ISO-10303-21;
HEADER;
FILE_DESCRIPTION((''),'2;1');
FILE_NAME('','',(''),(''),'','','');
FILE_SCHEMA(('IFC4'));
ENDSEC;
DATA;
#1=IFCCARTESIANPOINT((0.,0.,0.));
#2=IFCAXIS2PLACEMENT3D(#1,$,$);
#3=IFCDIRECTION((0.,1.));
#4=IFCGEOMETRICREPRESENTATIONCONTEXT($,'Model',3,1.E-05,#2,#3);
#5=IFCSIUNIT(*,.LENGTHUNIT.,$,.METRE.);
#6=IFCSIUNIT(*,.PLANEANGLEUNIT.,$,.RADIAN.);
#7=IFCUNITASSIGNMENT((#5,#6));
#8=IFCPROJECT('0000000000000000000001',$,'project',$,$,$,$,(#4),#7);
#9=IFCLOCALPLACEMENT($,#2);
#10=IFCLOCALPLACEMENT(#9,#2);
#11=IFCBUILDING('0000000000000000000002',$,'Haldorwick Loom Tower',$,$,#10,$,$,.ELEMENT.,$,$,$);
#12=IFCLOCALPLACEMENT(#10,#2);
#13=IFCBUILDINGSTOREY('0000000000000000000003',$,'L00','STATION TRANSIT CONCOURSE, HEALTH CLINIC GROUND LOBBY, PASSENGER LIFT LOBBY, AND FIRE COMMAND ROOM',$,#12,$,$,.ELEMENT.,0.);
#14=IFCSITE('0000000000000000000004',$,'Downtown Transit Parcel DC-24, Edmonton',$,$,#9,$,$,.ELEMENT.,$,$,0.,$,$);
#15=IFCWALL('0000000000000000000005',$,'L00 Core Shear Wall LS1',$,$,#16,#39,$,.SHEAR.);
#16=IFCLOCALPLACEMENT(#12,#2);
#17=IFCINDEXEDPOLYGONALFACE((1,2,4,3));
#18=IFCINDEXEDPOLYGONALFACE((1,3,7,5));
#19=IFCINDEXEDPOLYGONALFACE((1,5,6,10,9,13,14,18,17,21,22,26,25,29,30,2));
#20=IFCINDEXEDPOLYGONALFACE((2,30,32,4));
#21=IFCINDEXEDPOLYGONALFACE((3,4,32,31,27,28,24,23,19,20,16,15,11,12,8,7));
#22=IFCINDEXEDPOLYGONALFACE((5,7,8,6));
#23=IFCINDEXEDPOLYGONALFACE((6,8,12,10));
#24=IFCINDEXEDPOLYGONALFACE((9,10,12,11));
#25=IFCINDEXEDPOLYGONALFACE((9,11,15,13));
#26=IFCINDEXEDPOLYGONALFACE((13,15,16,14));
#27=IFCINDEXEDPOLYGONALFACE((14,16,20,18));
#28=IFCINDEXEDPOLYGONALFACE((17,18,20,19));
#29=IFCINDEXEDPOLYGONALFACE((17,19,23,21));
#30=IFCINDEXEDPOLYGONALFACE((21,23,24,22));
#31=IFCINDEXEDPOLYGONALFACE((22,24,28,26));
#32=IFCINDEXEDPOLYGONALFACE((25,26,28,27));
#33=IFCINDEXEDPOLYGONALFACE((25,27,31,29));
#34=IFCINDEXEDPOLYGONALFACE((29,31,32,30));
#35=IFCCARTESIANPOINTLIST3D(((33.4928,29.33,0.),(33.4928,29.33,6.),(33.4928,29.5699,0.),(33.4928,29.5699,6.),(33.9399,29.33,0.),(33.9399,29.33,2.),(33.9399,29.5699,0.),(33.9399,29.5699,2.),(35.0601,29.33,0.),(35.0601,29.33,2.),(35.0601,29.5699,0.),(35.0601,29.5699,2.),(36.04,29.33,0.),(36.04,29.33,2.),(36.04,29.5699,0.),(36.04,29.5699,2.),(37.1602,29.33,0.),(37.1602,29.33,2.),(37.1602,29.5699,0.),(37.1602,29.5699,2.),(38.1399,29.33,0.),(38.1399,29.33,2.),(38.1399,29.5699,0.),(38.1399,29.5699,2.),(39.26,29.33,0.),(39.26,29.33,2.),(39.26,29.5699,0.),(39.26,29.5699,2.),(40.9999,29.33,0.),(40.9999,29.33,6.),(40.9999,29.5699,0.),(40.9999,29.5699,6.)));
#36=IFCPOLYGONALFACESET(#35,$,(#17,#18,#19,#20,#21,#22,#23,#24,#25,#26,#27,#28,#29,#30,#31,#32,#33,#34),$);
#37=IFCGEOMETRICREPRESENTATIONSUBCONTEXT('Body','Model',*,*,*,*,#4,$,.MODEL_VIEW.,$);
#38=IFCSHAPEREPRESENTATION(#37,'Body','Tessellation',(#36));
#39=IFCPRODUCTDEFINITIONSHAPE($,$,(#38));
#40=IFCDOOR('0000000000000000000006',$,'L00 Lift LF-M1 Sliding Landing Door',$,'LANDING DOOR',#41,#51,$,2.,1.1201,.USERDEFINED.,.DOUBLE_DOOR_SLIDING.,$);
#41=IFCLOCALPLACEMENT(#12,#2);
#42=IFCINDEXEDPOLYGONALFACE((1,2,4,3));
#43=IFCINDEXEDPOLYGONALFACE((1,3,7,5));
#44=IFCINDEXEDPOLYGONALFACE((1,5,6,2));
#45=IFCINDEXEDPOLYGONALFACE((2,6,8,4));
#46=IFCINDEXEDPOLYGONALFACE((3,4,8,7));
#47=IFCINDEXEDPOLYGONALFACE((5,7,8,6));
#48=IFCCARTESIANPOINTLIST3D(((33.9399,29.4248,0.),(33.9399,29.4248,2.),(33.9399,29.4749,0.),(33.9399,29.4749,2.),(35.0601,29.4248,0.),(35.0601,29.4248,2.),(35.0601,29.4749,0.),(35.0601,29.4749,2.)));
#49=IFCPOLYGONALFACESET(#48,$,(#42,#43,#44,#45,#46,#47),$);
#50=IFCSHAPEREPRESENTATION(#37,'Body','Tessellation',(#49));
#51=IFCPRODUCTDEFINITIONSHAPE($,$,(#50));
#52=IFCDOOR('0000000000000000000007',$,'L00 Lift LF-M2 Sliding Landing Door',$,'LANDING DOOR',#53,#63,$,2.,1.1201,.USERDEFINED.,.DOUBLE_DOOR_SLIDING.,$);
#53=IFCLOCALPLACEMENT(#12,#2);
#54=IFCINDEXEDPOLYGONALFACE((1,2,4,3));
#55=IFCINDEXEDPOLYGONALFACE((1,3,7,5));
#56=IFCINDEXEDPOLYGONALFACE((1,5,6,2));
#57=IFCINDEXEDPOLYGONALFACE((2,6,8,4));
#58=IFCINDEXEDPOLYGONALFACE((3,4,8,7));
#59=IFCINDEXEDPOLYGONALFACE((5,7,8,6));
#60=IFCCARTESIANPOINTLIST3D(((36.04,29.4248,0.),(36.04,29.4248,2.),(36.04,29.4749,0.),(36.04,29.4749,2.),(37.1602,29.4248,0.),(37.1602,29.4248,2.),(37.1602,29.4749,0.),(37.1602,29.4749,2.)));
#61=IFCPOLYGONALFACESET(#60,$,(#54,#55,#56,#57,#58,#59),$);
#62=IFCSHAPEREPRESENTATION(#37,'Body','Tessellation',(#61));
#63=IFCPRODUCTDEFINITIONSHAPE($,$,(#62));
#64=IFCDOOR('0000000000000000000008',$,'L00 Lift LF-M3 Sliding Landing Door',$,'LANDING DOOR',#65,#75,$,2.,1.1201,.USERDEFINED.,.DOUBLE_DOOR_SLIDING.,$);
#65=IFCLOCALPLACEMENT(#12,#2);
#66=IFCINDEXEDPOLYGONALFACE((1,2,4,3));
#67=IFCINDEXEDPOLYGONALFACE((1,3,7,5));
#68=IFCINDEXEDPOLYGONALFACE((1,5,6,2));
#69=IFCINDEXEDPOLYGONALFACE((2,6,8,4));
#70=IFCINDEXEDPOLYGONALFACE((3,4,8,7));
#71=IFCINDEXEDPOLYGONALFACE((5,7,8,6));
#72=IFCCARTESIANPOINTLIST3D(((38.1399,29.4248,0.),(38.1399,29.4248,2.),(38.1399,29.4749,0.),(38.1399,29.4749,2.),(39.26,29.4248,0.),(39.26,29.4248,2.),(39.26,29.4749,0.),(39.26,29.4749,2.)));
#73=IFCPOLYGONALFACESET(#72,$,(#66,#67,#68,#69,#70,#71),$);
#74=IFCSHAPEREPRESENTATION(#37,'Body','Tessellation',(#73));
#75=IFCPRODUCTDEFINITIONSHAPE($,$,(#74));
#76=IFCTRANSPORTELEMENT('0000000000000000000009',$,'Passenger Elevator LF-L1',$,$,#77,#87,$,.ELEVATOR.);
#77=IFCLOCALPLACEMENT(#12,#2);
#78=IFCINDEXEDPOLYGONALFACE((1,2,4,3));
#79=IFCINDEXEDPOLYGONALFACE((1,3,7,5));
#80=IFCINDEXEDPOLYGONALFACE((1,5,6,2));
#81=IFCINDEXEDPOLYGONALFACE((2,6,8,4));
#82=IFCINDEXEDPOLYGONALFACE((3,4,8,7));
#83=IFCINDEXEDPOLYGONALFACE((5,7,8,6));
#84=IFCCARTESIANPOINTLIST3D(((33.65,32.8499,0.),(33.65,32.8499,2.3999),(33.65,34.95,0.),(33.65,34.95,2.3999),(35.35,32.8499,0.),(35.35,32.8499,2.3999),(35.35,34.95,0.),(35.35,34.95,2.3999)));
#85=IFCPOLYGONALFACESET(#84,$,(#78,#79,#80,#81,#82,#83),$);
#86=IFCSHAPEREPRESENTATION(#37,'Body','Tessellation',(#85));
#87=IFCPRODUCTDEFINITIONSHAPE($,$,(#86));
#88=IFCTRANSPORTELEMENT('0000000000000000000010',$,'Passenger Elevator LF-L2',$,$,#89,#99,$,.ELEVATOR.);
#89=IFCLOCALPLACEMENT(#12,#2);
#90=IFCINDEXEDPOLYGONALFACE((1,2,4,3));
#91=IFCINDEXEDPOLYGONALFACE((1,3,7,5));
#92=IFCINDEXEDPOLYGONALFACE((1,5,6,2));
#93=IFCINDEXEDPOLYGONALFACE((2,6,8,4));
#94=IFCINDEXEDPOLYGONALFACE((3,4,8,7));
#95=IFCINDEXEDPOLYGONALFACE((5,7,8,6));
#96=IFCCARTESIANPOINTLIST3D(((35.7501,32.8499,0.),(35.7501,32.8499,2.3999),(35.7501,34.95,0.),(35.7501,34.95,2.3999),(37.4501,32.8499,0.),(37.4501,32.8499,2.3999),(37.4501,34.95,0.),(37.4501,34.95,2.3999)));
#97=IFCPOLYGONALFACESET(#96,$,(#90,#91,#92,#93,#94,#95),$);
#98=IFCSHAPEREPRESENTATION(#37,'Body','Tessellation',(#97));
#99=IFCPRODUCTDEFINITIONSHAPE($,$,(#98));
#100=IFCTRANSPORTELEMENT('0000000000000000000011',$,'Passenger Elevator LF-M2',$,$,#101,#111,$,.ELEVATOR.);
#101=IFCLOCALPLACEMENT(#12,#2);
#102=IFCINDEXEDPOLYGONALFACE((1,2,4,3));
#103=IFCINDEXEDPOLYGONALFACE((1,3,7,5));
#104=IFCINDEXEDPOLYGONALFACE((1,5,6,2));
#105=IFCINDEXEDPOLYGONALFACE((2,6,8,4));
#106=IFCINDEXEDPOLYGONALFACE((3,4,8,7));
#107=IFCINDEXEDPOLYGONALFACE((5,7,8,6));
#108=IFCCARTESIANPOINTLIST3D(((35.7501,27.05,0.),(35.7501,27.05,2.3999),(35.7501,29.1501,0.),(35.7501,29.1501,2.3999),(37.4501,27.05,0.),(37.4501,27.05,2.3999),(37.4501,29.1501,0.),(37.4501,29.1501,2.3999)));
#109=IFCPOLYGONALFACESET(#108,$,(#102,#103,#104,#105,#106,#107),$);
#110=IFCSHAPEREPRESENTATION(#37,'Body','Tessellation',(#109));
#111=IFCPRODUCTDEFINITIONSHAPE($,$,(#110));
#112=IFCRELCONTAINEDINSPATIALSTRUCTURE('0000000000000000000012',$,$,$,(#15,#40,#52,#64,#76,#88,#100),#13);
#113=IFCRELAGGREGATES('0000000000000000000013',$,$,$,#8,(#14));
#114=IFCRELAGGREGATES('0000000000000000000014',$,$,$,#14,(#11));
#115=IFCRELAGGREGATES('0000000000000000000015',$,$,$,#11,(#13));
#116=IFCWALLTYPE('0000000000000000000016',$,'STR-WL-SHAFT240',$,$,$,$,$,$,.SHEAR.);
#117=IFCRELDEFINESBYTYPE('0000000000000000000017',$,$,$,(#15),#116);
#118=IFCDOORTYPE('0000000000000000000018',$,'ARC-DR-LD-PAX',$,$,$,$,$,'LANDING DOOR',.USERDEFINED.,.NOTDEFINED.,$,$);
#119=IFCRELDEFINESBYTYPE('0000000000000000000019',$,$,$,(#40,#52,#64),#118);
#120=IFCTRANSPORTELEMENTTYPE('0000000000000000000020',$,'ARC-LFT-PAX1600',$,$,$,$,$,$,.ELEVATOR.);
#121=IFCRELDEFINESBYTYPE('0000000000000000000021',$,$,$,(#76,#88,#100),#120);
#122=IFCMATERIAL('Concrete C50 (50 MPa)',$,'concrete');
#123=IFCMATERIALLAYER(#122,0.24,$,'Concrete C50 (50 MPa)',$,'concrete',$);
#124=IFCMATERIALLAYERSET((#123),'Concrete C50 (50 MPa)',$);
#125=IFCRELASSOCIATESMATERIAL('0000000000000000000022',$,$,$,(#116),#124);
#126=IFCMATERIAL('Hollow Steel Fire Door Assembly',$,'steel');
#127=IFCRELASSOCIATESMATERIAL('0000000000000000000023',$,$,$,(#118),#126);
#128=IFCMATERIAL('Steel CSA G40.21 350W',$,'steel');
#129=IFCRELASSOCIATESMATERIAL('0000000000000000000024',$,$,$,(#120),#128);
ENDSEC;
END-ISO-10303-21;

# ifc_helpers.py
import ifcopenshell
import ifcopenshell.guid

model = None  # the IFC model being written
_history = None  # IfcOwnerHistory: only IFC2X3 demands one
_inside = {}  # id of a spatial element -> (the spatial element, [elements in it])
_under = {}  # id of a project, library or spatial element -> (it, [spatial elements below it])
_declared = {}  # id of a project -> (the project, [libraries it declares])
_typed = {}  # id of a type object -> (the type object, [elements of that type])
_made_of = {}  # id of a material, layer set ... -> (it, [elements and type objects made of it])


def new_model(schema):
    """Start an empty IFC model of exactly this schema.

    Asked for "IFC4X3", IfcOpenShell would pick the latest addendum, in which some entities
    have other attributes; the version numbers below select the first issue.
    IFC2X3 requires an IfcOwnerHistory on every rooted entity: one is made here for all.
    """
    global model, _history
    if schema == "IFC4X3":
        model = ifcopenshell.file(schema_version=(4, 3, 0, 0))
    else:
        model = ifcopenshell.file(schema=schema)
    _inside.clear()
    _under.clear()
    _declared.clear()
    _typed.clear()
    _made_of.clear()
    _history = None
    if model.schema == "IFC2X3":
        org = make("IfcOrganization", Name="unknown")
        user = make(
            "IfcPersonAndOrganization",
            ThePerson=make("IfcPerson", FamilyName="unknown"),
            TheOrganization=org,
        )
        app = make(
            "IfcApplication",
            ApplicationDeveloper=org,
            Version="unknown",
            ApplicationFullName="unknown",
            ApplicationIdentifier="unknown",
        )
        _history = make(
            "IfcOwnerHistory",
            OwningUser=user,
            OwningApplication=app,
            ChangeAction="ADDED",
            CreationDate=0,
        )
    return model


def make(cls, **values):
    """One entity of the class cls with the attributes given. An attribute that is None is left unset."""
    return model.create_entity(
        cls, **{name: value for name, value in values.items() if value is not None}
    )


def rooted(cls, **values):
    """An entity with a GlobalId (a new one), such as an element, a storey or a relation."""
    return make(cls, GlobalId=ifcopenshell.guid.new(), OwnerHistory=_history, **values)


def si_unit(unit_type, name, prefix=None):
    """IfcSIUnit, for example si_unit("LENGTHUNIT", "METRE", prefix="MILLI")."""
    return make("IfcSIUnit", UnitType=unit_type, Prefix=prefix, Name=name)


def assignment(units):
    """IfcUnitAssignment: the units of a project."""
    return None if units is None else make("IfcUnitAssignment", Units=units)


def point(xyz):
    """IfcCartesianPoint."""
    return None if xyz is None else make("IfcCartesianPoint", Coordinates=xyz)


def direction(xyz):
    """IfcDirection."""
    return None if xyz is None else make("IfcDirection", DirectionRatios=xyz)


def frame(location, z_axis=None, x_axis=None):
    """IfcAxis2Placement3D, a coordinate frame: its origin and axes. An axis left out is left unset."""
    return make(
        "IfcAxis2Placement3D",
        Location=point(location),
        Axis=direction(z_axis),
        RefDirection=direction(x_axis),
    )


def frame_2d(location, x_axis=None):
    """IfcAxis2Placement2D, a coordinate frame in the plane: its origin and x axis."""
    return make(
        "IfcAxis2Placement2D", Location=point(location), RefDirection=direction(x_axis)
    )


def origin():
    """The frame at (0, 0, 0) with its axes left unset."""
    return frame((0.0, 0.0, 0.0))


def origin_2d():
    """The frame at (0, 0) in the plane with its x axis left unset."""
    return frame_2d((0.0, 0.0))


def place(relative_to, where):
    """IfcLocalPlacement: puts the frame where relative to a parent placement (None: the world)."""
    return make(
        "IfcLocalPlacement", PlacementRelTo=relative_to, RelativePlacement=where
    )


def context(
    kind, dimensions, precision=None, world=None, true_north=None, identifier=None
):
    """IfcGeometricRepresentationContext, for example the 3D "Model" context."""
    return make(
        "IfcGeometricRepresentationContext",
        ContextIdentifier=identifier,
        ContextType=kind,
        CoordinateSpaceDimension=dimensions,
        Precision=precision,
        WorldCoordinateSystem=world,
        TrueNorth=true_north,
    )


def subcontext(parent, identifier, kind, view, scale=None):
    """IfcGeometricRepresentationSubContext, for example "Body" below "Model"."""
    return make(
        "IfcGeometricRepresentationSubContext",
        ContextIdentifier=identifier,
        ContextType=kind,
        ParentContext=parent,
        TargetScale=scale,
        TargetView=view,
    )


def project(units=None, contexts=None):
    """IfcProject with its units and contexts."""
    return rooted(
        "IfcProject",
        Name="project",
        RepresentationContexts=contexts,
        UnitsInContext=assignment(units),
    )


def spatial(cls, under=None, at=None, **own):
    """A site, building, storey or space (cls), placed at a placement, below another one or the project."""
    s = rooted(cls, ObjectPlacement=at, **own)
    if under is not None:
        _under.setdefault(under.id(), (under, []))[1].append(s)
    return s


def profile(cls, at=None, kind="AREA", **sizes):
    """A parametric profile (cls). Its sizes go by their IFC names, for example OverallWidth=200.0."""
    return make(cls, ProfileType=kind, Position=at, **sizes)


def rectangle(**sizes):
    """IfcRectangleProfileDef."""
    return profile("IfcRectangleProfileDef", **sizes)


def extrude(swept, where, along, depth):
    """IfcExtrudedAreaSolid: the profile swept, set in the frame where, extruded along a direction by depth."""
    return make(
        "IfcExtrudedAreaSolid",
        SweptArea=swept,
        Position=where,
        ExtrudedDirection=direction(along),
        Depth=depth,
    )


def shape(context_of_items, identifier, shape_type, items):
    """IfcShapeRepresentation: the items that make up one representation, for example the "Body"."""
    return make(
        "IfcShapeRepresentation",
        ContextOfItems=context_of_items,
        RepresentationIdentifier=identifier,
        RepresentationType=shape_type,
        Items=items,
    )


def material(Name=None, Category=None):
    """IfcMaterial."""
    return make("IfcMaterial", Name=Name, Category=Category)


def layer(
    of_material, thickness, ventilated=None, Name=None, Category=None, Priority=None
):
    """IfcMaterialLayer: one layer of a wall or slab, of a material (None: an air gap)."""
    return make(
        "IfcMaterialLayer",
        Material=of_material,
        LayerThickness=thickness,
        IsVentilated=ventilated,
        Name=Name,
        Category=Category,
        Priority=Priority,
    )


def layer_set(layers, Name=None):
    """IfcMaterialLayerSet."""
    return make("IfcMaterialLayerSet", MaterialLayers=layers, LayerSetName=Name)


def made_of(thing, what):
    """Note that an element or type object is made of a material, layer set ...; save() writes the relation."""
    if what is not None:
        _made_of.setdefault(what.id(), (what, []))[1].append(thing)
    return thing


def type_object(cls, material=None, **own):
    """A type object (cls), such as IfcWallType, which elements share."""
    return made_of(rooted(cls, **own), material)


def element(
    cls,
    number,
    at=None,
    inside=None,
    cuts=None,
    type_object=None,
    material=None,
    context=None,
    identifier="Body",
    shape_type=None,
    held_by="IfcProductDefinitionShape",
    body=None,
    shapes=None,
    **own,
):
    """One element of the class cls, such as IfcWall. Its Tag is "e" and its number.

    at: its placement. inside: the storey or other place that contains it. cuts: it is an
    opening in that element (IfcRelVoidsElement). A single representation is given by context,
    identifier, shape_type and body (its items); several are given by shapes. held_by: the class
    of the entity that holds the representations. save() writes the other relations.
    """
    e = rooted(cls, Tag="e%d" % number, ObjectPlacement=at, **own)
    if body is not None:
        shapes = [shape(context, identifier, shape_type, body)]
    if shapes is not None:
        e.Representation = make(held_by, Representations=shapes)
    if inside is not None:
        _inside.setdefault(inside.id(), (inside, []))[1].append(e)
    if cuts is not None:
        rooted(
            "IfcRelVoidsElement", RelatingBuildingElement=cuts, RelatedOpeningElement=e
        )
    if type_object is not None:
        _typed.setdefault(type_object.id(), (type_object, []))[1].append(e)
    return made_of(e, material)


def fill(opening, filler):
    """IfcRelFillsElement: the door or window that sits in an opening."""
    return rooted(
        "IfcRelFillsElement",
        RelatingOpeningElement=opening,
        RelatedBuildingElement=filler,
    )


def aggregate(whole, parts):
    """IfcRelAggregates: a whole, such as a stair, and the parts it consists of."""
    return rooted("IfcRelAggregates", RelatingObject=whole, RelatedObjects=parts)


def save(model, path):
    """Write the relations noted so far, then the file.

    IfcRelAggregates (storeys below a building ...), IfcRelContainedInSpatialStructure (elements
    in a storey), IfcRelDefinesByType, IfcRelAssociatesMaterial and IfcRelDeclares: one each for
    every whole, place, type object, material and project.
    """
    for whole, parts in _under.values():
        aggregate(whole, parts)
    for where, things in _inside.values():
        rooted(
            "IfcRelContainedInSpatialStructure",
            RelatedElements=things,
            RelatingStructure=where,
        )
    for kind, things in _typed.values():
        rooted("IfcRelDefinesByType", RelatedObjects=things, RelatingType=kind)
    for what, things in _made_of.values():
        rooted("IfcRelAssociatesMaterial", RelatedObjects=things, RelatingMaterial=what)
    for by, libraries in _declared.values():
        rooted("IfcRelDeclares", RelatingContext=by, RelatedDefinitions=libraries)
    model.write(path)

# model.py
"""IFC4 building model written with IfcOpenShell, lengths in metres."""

from ifc_helpers import new_model, si_unit, direction, frame, frame_2d, origin, origin_2d, place, context, subcontext, project, spatial, rectangle, extrude, material, layer, layer_set, type_object, element, fill, save


model = new_model("IFC4")

# Units and contexts
model_context = context("Model", 3, precision=1e-05, world=origin(), true_north=direction((0.0, 1.0)))
body_context = subcontext(model_context, "Body", "Model", "MODEL_VIEW")
ifc_project = project(units=[si_unit("LENGTHUNIT", "METRE"), si_unit("PLANEANGLEUNIT", "RADIAN")], contexts=[model_context])

# Site, building, storey
site_placement = place(None, origin())
site = spatial("IfcSite", under=ifc_project, at=site_placement, Name="Downtown Transit Parcel DC-24, Edmonton", CompositionType="ELEMENT", RefElevation=0.0)
building_placement = place(site_placement, origin())
building = spatial("IfcBuilding", under=site, at=building_placement, Name="Haldorwick Loom Tower", CompositionType="ELEMENT")
storey_placement = place(building_placement, origin())
storey = spatial("IfcBuildingStorey", under=building, at=storey_placement, Name="L00", Description="STATION TRANSIT CONCOURSE, HEALTH CLINIC GROUND LOBBY, PASSENGER LIFT LOBBY, AND FIRE COMMAND ROOM", CompositionType="ELEMENT", Elevation=0.0)

# Wall, openings, doors
ifc_material_1 = material(Name="Concrete C50 (50 MPa)", Category="concrete")
ifc_layer_1 = layer(ifc_material_1, 0.24, Name="Concrete C50 (50 MPa)", Category="concrete")
ifc_layer_set_1 = layer_set([ifc_layer_1], Name="Concrete C50 (50 MPa)")
wall_type_1 = type_object("IfcWallType", Name="STR-WL-SHAFT240", PredefinedType="SHEAR", material=ifc_layer_set_1)
ifc_material_2 = material(Name="Hollow Steel Fire Door Assembly", Category="steel")
door_type = type_object("IfcDoorType", Name="ARC-DR-LD-PAX", ElementType="LANDING DOOR", OperationType="NOTDEFINED", PredefinedType="USERDEFINED", material=ifc_material_2)
wall_1_placement = place(storey_placement, frame((33.4929, 29.45, 0.0), z_axis=(0.0, 0.0, 1.0), x_axis=(1.0, 0.0, 0.0)))
wall_1 = element("IfcWall", 1, at=wall_1_placement, inside=storey, type_object=wall_type_1, Name="L00 Core Shear Wall LS1", PredefinedType="SHEAR", context=body_context, shape_type="SweptSolid", body=[
    extrude(rectangle(XDim=7.5071, YDim=0.24, at=frame_2d((3.7534, 0.0))), origin(), (0.0, 0.0, 1.0), 6.0),
])
opening_1_placement = place(wall_1_placement, frame((0.447, 0.0, 0.0)))
opening_1 = element("IfcOpeningElement", 2, at=opening_1_placement, cuts=wall_1, PredefinedType="OPENING", context=body_context, shape_type="SweptSolid", body=[
    extrude(rectangle(XDim=1.1201, YDim=2.0, at=frame_2d((0.5601, 1.0))), frame((0.0, 0.1299, 0.0), z_axis=(0.0, -1.0, 0.0), x_axis=(1.0, 0.0, 0.0)), (0.0, 0.0, 1.0), 0.26),
])
opening_2_placement = place(wall_1_placement, frame((2.5471, 0.0, 0.0)))
opening_2 = element("IfcOpeningElement", 3, at=opening_2_placement, cuts=wall_1, PredefinedType="OPENING", context=body_context, shape_type="SweptSolid", body=[
    extrude(rectangle(XDim=1.1201, YDim=2.0, at=frame_2d((0.5601, 1.0))), frame((0.0, 0.1299, 0.0), z_axis=(0.0, -1.0, 0.0), x_axis=(1.0, 0.0, 0.0)), (0.0, 0.0, 1.0), 0.26),
])
opening_3_placement = place(wall_1_placement, frame((4.647, 0.0, 0.0)))
opening_3 = element("IfcOpeningElement", 4, at=opening_3_placement, cuts=wall_1, PredefinedType="OPENING", context=body_context, shape_type="SweptSolid", body=[
    extrude(rectangle(XDim=1.1201, YDim=2.0, at=frame_2d((0.5601, 1.0))), frame((0.0, 0.1299, 0.0), z_axis=(0.0, -1.0, 0.0), x_axis=(1.0, 0.0, 0.0)), (0.0, 0.0, 1.0), 0.26),
])
door_1_placement = place(opening_1_placement, origin())
door_1 = element("IfcDoor", 5, at=door_1_placement, inside=storey, type_object=door_type, Name="L00 Lift LF-M1 Sliding Landing Door", ObjectType="LANDING DOOR", OperationType="DOUBLE_DOOR_SLIDING", OverallHeight=2.0, OverallWidth=1.1201, PredefinedType="USERDEFINED", context=body_context, shape_type="SweptSolid", body=[
    extrude(rectangle(XDim=1.1201, YDim=2.0, at=frame_2d((0.5601, 1.0))), frame((0.0, 0.0249, 0.0), z_axis=(0.0, -1.0, 0.0), x_axis=(1.0, 0.0, 0.0)), (0.0, 0.0, 1.0), 0.05),
])
fill(opening_1, door_1)
door_2_placement = place(opening_2_placement, origin())
door_2 = element("IfcDoor", 6, at=door_2_placement, inside=storey, type_object=door_type, Name="L00 Lift LF-M2 Sliding Landing Door", ObjectType="LANDING DOOR", OperationType="DOUBLE_DOOR_SLIDING", OverallHeight=2.0, OverallWidth=1.1201, PredefinedType="USERDEFINED", context=body_context, shape_type="SweptSolid", body=[
    extrude(rectangle(XDim=1.1201, YDim=2.0, at=frame_2d((0.5601, 1.0))), frame((0.0, 0.0249, 0.0), z_axis=(0.0, -1.0, 0.0), x_axis=(1.0, 0.0, 0.0)), (0.0, 0.0, 1.0), 0.05),
])
fill(opening_2, door_2)
door_3_placement = place(opening_3_placement, origin())
door_3 = element("IfcDoor", 7, at=door_3_placement, inside=storey, type_object=door_type, Name="L00 Lift LF-M3 Sliding Landing Door", ObjectType="LANDING DOOR", OperationType="DOUBLE_DOOR_SLIDING", OverallHeight=2.0, OverallWidth=1.1201, PredefinedType="USERDEFINED", context=body_context, shape_type="SweptSolid", body=[
    extrude(rectangle(XDim=1.1201, YDim=2.0, at=frame_2d((0.5601, 1.0))), frame((0.0, 0.0249, 0.0), z_axis=(0.0, -1.0, 0.0), x_axis=(1.0, 0.0, 0.0)), (0.0, 0.0, 1.0), 0.05),
])
fill(opening_3, door_3)

# Transport elements
ifc_material_3 = material(Name="Steel CSA G40.21 350W", Category="steel")
transport_element_type = type_object("IfcTransportElementType", Name="ARC-LFT-PAX1600", PredefinedType="ELEVATOR", material=ifc_material_3)
for number, where, z_axis, x_axis, name in (
    (8, (34.5, 33.8999, 0.0), (0.0, 0.0, 1.0), (1.0, 0.0, 0.0), "Passenger Elevator LF-L1"),
    (9, (36.6001, 33.8999, 0.0), (0.0, 0.0, 1.0), (1.0, 0.0, 0.0), "Passenger Elevator LF-L2"),
    (10, (36.6001, 28.1001, 0.0), (0.0, 0.0, 1.0), (1.0, 0.0, 0.0), "Passenger Elevator LF-M2"),
):
    element("IfcTransportElement", number, at=place(storey_placement, frame(where, z_axis=z_axis, x_axis=x_axis)), inside=storey, type_object=transport_element_type, Name=name, PredefinedType="ELEVATOR", context=body_context, shape_type="SweptSolid", body=[
        extrude(rectangle(XDim=1.7, YDim=2.1001, at=origin_2d()), origin(), (0.0, 0.0, 1.0), 2.3999),
    ])

save(model, "model.ifc")
